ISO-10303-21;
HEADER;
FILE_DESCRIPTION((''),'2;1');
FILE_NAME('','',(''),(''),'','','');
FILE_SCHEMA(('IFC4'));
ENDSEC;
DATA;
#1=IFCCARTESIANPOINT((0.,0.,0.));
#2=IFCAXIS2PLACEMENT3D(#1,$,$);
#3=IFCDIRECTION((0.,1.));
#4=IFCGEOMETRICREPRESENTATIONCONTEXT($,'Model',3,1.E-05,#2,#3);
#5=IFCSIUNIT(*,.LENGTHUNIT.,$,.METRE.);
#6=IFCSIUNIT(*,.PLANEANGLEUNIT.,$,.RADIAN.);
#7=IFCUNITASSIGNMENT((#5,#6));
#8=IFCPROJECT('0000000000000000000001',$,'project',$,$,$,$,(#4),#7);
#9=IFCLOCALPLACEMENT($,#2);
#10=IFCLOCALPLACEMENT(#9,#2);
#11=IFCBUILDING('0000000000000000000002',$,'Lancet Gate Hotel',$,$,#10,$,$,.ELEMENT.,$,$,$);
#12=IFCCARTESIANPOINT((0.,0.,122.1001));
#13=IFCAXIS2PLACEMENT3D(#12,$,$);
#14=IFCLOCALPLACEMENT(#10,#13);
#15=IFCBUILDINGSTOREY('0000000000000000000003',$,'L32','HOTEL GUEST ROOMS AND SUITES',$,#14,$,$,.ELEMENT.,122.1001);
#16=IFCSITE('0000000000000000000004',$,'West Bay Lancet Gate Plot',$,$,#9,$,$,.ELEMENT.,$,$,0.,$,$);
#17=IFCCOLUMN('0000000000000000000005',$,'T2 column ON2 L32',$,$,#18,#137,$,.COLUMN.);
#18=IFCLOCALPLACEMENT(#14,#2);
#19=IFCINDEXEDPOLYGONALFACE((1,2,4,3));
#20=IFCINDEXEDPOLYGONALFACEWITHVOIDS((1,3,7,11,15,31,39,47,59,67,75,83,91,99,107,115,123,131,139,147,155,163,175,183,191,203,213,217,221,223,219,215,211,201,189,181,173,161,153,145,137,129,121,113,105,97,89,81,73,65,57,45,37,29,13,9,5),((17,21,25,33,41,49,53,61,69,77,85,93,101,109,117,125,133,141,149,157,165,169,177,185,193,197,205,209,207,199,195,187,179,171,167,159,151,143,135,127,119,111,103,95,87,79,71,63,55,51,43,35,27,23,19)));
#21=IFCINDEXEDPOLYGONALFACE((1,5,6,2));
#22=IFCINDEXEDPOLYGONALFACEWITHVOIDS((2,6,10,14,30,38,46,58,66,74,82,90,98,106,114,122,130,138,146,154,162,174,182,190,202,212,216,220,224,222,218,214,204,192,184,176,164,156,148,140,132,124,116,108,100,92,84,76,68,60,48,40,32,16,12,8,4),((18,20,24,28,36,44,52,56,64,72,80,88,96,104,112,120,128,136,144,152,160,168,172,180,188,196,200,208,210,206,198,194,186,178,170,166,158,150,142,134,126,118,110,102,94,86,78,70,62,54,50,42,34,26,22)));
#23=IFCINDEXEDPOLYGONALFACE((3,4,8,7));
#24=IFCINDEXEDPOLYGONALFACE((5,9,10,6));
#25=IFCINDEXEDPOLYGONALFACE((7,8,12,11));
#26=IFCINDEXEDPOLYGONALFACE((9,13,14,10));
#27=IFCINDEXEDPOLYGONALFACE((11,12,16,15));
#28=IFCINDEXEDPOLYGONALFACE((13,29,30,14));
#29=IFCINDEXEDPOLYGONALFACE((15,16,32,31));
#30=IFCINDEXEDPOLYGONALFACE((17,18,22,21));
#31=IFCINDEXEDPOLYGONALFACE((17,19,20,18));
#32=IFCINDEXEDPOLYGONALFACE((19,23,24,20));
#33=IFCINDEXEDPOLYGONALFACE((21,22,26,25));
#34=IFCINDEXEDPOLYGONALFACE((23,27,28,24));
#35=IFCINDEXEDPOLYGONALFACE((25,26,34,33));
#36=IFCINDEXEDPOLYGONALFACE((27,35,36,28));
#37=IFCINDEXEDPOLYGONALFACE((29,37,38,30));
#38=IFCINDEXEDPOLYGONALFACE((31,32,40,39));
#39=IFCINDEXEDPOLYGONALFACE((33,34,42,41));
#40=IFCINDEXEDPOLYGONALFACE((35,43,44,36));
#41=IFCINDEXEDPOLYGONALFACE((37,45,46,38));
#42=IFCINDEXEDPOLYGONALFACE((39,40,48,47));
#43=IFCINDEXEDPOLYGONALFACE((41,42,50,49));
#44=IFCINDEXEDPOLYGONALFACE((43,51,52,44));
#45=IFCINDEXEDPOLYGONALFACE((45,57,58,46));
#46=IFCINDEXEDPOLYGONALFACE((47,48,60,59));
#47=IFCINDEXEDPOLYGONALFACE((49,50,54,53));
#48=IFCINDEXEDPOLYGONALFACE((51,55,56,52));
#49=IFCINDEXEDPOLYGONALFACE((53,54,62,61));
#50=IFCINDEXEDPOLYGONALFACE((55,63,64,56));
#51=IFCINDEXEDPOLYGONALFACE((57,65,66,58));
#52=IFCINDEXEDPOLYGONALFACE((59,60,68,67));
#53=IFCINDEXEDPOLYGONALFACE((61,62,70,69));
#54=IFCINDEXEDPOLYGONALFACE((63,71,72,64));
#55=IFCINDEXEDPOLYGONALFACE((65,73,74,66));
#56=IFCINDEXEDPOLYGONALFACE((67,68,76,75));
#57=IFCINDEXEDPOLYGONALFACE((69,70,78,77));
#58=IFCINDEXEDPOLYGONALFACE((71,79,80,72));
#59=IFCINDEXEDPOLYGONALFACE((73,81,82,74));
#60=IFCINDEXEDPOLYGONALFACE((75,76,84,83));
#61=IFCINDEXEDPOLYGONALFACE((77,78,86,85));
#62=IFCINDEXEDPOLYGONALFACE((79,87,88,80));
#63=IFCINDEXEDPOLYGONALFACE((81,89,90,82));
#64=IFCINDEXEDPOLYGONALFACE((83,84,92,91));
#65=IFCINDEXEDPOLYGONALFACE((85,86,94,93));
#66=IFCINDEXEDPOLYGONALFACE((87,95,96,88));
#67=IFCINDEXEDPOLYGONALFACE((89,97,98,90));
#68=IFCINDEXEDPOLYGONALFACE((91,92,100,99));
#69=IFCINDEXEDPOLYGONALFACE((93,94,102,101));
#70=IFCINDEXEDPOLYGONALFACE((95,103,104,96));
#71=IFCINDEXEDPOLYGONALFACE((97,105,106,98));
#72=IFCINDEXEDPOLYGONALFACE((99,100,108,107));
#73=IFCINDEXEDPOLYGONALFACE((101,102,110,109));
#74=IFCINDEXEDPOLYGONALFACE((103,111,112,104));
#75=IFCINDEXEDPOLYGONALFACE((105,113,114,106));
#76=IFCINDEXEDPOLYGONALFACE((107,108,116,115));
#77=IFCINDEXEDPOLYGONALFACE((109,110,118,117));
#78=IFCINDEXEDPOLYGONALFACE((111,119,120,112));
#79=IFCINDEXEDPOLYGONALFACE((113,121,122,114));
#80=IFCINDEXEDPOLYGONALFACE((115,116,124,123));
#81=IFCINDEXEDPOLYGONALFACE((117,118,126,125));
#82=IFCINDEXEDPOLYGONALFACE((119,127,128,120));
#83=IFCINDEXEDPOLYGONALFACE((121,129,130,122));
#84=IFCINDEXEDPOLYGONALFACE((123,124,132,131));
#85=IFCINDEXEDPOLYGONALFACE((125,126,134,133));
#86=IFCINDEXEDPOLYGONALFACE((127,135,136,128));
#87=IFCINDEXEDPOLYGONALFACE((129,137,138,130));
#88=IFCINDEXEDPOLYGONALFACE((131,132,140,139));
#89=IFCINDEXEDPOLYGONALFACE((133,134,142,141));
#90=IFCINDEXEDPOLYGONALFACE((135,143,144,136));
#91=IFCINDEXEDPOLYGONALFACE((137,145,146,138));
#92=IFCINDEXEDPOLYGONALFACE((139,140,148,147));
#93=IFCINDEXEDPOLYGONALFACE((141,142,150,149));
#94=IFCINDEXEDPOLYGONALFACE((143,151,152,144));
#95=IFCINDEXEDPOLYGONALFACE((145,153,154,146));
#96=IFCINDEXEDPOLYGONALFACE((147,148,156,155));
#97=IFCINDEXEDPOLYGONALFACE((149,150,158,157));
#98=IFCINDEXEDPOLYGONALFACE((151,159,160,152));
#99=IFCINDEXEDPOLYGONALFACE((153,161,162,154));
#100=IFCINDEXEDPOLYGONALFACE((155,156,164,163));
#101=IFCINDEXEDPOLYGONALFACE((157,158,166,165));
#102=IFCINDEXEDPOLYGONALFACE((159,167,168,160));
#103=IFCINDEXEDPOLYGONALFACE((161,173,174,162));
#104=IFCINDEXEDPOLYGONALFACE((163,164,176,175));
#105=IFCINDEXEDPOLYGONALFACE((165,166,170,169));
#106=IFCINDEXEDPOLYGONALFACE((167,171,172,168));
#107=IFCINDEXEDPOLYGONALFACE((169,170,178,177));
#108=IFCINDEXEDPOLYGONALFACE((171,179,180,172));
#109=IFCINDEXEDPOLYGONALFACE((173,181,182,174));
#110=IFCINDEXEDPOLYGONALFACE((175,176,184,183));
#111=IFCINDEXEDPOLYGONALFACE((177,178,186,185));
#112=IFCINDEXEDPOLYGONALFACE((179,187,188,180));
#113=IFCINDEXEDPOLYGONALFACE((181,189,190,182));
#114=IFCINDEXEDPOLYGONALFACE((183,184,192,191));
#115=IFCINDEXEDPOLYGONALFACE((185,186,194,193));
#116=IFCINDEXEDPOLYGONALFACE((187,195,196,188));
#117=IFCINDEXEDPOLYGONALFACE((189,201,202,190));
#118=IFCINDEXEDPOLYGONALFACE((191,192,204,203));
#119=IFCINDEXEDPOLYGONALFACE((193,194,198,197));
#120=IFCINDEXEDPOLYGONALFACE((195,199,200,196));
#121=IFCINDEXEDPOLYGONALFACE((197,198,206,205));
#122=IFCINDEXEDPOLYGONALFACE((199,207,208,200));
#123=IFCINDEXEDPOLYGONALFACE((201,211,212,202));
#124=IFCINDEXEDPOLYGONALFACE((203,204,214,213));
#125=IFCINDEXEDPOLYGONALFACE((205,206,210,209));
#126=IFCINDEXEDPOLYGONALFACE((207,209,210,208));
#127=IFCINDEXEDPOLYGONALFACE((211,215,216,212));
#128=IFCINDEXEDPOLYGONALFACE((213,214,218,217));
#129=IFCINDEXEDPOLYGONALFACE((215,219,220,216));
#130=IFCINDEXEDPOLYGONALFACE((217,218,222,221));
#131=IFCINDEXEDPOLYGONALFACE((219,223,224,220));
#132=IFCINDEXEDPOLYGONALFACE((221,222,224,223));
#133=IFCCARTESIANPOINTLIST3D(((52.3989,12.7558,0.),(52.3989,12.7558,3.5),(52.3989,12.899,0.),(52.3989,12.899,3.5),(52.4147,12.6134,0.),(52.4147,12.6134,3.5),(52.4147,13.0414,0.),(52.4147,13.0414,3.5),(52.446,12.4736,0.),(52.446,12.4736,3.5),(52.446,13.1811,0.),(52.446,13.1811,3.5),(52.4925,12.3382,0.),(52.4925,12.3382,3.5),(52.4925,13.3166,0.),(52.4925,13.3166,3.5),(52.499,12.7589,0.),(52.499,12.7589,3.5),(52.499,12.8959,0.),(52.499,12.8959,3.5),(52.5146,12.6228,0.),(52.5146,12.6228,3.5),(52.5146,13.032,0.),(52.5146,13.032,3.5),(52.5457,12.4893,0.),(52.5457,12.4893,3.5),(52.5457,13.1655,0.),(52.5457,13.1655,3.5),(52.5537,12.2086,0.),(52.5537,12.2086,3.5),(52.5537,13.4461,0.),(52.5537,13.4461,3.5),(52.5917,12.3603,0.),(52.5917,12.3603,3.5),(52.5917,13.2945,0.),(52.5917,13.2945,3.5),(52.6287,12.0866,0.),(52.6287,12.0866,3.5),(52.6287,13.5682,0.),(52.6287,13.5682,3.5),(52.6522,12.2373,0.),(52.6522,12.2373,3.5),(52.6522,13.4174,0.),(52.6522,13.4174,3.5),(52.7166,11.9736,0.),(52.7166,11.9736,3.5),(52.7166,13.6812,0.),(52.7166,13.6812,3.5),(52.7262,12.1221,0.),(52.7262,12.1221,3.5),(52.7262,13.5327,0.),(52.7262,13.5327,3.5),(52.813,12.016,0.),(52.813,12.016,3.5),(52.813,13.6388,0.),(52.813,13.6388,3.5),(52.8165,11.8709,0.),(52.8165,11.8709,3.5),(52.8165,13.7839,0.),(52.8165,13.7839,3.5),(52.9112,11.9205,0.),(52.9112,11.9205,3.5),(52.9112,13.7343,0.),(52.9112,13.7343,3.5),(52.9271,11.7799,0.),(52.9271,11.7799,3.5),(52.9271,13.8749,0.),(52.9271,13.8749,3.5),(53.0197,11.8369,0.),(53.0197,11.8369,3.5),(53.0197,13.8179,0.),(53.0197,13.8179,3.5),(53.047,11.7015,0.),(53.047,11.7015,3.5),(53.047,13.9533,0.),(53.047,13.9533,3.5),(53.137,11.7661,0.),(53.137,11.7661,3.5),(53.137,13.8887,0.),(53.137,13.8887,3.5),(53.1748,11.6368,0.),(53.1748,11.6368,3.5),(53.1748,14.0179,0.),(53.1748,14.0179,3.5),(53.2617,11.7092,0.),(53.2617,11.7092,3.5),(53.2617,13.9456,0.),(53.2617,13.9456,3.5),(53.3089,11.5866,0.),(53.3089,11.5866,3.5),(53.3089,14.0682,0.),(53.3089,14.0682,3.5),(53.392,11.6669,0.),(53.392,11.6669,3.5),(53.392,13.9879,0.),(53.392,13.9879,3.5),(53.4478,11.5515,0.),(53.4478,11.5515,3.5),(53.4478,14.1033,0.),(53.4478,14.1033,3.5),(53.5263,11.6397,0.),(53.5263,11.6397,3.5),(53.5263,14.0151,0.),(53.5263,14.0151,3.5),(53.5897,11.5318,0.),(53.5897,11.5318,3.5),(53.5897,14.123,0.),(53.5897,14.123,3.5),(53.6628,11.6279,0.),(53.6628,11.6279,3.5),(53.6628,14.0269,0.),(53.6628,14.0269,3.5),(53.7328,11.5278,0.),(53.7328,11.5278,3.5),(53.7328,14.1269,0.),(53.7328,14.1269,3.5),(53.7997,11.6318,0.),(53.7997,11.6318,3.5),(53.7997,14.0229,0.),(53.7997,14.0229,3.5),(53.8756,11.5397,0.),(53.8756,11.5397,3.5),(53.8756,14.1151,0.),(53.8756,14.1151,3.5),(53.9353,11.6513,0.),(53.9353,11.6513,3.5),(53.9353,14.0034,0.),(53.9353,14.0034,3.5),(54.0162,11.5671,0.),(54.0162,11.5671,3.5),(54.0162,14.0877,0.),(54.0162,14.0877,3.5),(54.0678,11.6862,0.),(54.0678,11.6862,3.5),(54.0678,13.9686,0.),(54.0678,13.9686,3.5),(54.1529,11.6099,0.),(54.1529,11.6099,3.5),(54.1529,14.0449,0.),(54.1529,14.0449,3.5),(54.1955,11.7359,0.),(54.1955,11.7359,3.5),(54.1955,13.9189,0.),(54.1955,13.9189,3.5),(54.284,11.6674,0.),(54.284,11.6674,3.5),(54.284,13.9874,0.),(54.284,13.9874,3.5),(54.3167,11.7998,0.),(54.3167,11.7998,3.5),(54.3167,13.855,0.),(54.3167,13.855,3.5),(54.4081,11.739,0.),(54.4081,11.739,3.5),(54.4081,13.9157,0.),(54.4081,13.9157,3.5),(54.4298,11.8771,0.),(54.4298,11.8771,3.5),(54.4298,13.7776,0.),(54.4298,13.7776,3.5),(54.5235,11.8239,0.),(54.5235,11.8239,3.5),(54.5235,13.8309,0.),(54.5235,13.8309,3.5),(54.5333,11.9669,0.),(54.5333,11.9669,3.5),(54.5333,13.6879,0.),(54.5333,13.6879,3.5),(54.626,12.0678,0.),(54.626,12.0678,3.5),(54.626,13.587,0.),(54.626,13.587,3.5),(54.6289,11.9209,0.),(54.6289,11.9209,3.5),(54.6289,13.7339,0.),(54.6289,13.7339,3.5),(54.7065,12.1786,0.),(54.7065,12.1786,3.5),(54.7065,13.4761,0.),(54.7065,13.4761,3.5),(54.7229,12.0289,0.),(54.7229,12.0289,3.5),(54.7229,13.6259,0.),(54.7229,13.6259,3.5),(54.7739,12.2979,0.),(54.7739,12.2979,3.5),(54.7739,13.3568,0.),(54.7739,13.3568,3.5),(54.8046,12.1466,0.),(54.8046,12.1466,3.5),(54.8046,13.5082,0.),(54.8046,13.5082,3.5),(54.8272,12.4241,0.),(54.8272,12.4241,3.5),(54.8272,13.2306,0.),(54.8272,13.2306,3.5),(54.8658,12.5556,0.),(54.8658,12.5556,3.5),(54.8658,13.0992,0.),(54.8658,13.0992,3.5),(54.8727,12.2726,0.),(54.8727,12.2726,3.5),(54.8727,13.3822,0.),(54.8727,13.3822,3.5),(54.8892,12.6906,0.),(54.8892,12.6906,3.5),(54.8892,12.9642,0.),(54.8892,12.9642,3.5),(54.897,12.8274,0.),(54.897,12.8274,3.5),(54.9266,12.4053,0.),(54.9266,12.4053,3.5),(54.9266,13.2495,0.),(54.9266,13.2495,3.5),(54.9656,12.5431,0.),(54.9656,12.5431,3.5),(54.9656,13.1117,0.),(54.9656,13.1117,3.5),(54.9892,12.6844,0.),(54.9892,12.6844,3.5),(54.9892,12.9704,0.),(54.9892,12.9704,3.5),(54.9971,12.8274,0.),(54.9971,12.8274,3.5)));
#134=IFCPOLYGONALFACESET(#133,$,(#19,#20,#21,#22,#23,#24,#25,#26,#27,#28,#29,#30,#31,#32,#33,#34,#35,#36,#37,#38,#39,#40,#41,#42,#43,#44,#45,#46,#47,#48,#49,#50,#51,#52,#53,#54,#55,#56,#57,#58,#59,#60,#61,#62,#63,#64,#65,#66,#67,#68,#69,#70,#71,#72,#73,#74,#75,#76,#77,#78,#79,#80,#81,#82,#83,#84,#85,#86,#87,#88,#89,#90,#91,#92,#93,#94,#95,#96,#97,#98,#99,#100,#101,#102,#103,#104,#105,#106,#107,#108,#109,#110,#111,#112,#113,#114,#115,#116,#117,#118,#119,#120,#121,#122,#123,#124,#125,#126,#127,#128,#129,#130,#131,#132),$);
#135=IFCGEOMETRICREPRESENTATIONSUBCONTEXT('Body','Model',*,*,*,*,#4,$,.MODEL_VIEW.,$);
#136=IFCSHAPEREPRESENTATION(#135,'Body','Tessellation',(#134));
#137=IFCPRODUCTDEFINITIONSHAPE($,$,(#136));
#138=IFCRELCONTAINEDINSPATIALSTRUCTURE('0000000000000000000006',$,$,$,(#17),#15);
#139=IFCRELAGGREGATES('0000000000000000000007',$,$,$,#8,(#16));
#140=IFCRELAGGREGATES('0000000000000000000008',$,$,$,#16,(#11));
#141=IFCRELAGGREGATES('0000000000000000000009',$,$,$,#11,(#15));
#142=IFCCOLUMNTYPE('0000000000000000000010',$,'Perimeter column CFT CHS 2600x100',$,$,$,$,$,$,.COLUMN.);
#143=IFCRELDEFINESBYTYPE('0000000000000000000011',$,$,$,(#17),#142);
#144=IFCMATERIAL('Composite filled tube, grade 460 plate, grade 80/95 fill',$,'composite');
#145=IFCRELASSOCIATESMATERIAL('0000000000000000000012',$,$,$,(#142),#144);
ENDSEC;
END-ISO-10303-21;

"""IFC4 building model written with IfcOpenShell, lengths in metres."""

from ifc_helpers import new_model, si_unit, direction, frame, origin, origin_2d, place, context, subcontext, project, spatial, hollow_circle, extrude, material, material_profile, profile_set, type_object, element, save


model = new_model("IFC4")

# Units and contexts
model_context = context("Model", 3, precision=1e-05, world=origin(), true_north=direction((0.0, 1.0)))
body_context = subcontext(model_context, "Body", "Model", "MODEL_VIEW")
ifc_project = project(units=[si_unit("LENGTHUNIT", "METRE"), si_unit("PLANEANGLEUNIT", "RADIAN")], contexts=[model_context])

# Site, building, storey
site_placement = place(None, origin())
site = spatial("IfcSite", under=ifc_project, at=site_placement, Name="West Bay Lancet Gate Plot", CompositionType="ELEMENT", RefElevation=0.0)
building_placement = place(site_placement, origin())
building = spatial("IfcBuilding", under=site, at=building_placement, Name="Lancet Gate Hotel", CompositionType="ELEMENT")
storey_placement = place(building_placement, frame((0.0, 0.0, 122.1001)))
storey = spatial("IfcBuildingStorey", under=building, at=storey_placement, Name="L32", Description="HOTEL GUEST ROOMS AND SUITES", CompositionType="ELEMENT", Elevation=122.1001)

# Column
ifc_material_1 = material(Name="Composite filled tube, grade 460 plate, grade 80/95 fill", Category="composite")
ifc_material_profile_1 = material_profile(ifc_material_1, hollow_circle(Radius=1.3, WallThickness=0.1001, at=origin_2d()), Name="CHS 2600x100")
ifc_profile_set_1 = profile_set([ifc_material_profile_1], Name="Composite filled tube, grade 460 plate, grade 80/95 fill")
column_type = type_object("IfcColumnType", Name="Perimeter column CFT CHS 2600x100", PredefinedType="COLUMN", material=ifc_profile_set_1)
for number, where, z_axis, x_axis, name in (
    (1, (53.697, 12.8274, 0.0), (0.0, 0.0, 1.0), (1.0, 0.0, 0.0), "T2 column ON2 L32"),
):
    element("IfcColumn", number, at=place(storey_placement, frame(where, z_axis=z_axis, x_axis=x_axis)), inside=storey, type_object=column_type, Name=name, PredefinedType="COLUMN", context=body_context, shape_type="SweptSolid", body=[
        extrude(hollow_circle(Radius=1.3, WallThickness=0.1001, at=origin_2d()), origin(), (0.0, 0.0, 1.0), 3.5),
    ])

save(model, "model.ifc")
